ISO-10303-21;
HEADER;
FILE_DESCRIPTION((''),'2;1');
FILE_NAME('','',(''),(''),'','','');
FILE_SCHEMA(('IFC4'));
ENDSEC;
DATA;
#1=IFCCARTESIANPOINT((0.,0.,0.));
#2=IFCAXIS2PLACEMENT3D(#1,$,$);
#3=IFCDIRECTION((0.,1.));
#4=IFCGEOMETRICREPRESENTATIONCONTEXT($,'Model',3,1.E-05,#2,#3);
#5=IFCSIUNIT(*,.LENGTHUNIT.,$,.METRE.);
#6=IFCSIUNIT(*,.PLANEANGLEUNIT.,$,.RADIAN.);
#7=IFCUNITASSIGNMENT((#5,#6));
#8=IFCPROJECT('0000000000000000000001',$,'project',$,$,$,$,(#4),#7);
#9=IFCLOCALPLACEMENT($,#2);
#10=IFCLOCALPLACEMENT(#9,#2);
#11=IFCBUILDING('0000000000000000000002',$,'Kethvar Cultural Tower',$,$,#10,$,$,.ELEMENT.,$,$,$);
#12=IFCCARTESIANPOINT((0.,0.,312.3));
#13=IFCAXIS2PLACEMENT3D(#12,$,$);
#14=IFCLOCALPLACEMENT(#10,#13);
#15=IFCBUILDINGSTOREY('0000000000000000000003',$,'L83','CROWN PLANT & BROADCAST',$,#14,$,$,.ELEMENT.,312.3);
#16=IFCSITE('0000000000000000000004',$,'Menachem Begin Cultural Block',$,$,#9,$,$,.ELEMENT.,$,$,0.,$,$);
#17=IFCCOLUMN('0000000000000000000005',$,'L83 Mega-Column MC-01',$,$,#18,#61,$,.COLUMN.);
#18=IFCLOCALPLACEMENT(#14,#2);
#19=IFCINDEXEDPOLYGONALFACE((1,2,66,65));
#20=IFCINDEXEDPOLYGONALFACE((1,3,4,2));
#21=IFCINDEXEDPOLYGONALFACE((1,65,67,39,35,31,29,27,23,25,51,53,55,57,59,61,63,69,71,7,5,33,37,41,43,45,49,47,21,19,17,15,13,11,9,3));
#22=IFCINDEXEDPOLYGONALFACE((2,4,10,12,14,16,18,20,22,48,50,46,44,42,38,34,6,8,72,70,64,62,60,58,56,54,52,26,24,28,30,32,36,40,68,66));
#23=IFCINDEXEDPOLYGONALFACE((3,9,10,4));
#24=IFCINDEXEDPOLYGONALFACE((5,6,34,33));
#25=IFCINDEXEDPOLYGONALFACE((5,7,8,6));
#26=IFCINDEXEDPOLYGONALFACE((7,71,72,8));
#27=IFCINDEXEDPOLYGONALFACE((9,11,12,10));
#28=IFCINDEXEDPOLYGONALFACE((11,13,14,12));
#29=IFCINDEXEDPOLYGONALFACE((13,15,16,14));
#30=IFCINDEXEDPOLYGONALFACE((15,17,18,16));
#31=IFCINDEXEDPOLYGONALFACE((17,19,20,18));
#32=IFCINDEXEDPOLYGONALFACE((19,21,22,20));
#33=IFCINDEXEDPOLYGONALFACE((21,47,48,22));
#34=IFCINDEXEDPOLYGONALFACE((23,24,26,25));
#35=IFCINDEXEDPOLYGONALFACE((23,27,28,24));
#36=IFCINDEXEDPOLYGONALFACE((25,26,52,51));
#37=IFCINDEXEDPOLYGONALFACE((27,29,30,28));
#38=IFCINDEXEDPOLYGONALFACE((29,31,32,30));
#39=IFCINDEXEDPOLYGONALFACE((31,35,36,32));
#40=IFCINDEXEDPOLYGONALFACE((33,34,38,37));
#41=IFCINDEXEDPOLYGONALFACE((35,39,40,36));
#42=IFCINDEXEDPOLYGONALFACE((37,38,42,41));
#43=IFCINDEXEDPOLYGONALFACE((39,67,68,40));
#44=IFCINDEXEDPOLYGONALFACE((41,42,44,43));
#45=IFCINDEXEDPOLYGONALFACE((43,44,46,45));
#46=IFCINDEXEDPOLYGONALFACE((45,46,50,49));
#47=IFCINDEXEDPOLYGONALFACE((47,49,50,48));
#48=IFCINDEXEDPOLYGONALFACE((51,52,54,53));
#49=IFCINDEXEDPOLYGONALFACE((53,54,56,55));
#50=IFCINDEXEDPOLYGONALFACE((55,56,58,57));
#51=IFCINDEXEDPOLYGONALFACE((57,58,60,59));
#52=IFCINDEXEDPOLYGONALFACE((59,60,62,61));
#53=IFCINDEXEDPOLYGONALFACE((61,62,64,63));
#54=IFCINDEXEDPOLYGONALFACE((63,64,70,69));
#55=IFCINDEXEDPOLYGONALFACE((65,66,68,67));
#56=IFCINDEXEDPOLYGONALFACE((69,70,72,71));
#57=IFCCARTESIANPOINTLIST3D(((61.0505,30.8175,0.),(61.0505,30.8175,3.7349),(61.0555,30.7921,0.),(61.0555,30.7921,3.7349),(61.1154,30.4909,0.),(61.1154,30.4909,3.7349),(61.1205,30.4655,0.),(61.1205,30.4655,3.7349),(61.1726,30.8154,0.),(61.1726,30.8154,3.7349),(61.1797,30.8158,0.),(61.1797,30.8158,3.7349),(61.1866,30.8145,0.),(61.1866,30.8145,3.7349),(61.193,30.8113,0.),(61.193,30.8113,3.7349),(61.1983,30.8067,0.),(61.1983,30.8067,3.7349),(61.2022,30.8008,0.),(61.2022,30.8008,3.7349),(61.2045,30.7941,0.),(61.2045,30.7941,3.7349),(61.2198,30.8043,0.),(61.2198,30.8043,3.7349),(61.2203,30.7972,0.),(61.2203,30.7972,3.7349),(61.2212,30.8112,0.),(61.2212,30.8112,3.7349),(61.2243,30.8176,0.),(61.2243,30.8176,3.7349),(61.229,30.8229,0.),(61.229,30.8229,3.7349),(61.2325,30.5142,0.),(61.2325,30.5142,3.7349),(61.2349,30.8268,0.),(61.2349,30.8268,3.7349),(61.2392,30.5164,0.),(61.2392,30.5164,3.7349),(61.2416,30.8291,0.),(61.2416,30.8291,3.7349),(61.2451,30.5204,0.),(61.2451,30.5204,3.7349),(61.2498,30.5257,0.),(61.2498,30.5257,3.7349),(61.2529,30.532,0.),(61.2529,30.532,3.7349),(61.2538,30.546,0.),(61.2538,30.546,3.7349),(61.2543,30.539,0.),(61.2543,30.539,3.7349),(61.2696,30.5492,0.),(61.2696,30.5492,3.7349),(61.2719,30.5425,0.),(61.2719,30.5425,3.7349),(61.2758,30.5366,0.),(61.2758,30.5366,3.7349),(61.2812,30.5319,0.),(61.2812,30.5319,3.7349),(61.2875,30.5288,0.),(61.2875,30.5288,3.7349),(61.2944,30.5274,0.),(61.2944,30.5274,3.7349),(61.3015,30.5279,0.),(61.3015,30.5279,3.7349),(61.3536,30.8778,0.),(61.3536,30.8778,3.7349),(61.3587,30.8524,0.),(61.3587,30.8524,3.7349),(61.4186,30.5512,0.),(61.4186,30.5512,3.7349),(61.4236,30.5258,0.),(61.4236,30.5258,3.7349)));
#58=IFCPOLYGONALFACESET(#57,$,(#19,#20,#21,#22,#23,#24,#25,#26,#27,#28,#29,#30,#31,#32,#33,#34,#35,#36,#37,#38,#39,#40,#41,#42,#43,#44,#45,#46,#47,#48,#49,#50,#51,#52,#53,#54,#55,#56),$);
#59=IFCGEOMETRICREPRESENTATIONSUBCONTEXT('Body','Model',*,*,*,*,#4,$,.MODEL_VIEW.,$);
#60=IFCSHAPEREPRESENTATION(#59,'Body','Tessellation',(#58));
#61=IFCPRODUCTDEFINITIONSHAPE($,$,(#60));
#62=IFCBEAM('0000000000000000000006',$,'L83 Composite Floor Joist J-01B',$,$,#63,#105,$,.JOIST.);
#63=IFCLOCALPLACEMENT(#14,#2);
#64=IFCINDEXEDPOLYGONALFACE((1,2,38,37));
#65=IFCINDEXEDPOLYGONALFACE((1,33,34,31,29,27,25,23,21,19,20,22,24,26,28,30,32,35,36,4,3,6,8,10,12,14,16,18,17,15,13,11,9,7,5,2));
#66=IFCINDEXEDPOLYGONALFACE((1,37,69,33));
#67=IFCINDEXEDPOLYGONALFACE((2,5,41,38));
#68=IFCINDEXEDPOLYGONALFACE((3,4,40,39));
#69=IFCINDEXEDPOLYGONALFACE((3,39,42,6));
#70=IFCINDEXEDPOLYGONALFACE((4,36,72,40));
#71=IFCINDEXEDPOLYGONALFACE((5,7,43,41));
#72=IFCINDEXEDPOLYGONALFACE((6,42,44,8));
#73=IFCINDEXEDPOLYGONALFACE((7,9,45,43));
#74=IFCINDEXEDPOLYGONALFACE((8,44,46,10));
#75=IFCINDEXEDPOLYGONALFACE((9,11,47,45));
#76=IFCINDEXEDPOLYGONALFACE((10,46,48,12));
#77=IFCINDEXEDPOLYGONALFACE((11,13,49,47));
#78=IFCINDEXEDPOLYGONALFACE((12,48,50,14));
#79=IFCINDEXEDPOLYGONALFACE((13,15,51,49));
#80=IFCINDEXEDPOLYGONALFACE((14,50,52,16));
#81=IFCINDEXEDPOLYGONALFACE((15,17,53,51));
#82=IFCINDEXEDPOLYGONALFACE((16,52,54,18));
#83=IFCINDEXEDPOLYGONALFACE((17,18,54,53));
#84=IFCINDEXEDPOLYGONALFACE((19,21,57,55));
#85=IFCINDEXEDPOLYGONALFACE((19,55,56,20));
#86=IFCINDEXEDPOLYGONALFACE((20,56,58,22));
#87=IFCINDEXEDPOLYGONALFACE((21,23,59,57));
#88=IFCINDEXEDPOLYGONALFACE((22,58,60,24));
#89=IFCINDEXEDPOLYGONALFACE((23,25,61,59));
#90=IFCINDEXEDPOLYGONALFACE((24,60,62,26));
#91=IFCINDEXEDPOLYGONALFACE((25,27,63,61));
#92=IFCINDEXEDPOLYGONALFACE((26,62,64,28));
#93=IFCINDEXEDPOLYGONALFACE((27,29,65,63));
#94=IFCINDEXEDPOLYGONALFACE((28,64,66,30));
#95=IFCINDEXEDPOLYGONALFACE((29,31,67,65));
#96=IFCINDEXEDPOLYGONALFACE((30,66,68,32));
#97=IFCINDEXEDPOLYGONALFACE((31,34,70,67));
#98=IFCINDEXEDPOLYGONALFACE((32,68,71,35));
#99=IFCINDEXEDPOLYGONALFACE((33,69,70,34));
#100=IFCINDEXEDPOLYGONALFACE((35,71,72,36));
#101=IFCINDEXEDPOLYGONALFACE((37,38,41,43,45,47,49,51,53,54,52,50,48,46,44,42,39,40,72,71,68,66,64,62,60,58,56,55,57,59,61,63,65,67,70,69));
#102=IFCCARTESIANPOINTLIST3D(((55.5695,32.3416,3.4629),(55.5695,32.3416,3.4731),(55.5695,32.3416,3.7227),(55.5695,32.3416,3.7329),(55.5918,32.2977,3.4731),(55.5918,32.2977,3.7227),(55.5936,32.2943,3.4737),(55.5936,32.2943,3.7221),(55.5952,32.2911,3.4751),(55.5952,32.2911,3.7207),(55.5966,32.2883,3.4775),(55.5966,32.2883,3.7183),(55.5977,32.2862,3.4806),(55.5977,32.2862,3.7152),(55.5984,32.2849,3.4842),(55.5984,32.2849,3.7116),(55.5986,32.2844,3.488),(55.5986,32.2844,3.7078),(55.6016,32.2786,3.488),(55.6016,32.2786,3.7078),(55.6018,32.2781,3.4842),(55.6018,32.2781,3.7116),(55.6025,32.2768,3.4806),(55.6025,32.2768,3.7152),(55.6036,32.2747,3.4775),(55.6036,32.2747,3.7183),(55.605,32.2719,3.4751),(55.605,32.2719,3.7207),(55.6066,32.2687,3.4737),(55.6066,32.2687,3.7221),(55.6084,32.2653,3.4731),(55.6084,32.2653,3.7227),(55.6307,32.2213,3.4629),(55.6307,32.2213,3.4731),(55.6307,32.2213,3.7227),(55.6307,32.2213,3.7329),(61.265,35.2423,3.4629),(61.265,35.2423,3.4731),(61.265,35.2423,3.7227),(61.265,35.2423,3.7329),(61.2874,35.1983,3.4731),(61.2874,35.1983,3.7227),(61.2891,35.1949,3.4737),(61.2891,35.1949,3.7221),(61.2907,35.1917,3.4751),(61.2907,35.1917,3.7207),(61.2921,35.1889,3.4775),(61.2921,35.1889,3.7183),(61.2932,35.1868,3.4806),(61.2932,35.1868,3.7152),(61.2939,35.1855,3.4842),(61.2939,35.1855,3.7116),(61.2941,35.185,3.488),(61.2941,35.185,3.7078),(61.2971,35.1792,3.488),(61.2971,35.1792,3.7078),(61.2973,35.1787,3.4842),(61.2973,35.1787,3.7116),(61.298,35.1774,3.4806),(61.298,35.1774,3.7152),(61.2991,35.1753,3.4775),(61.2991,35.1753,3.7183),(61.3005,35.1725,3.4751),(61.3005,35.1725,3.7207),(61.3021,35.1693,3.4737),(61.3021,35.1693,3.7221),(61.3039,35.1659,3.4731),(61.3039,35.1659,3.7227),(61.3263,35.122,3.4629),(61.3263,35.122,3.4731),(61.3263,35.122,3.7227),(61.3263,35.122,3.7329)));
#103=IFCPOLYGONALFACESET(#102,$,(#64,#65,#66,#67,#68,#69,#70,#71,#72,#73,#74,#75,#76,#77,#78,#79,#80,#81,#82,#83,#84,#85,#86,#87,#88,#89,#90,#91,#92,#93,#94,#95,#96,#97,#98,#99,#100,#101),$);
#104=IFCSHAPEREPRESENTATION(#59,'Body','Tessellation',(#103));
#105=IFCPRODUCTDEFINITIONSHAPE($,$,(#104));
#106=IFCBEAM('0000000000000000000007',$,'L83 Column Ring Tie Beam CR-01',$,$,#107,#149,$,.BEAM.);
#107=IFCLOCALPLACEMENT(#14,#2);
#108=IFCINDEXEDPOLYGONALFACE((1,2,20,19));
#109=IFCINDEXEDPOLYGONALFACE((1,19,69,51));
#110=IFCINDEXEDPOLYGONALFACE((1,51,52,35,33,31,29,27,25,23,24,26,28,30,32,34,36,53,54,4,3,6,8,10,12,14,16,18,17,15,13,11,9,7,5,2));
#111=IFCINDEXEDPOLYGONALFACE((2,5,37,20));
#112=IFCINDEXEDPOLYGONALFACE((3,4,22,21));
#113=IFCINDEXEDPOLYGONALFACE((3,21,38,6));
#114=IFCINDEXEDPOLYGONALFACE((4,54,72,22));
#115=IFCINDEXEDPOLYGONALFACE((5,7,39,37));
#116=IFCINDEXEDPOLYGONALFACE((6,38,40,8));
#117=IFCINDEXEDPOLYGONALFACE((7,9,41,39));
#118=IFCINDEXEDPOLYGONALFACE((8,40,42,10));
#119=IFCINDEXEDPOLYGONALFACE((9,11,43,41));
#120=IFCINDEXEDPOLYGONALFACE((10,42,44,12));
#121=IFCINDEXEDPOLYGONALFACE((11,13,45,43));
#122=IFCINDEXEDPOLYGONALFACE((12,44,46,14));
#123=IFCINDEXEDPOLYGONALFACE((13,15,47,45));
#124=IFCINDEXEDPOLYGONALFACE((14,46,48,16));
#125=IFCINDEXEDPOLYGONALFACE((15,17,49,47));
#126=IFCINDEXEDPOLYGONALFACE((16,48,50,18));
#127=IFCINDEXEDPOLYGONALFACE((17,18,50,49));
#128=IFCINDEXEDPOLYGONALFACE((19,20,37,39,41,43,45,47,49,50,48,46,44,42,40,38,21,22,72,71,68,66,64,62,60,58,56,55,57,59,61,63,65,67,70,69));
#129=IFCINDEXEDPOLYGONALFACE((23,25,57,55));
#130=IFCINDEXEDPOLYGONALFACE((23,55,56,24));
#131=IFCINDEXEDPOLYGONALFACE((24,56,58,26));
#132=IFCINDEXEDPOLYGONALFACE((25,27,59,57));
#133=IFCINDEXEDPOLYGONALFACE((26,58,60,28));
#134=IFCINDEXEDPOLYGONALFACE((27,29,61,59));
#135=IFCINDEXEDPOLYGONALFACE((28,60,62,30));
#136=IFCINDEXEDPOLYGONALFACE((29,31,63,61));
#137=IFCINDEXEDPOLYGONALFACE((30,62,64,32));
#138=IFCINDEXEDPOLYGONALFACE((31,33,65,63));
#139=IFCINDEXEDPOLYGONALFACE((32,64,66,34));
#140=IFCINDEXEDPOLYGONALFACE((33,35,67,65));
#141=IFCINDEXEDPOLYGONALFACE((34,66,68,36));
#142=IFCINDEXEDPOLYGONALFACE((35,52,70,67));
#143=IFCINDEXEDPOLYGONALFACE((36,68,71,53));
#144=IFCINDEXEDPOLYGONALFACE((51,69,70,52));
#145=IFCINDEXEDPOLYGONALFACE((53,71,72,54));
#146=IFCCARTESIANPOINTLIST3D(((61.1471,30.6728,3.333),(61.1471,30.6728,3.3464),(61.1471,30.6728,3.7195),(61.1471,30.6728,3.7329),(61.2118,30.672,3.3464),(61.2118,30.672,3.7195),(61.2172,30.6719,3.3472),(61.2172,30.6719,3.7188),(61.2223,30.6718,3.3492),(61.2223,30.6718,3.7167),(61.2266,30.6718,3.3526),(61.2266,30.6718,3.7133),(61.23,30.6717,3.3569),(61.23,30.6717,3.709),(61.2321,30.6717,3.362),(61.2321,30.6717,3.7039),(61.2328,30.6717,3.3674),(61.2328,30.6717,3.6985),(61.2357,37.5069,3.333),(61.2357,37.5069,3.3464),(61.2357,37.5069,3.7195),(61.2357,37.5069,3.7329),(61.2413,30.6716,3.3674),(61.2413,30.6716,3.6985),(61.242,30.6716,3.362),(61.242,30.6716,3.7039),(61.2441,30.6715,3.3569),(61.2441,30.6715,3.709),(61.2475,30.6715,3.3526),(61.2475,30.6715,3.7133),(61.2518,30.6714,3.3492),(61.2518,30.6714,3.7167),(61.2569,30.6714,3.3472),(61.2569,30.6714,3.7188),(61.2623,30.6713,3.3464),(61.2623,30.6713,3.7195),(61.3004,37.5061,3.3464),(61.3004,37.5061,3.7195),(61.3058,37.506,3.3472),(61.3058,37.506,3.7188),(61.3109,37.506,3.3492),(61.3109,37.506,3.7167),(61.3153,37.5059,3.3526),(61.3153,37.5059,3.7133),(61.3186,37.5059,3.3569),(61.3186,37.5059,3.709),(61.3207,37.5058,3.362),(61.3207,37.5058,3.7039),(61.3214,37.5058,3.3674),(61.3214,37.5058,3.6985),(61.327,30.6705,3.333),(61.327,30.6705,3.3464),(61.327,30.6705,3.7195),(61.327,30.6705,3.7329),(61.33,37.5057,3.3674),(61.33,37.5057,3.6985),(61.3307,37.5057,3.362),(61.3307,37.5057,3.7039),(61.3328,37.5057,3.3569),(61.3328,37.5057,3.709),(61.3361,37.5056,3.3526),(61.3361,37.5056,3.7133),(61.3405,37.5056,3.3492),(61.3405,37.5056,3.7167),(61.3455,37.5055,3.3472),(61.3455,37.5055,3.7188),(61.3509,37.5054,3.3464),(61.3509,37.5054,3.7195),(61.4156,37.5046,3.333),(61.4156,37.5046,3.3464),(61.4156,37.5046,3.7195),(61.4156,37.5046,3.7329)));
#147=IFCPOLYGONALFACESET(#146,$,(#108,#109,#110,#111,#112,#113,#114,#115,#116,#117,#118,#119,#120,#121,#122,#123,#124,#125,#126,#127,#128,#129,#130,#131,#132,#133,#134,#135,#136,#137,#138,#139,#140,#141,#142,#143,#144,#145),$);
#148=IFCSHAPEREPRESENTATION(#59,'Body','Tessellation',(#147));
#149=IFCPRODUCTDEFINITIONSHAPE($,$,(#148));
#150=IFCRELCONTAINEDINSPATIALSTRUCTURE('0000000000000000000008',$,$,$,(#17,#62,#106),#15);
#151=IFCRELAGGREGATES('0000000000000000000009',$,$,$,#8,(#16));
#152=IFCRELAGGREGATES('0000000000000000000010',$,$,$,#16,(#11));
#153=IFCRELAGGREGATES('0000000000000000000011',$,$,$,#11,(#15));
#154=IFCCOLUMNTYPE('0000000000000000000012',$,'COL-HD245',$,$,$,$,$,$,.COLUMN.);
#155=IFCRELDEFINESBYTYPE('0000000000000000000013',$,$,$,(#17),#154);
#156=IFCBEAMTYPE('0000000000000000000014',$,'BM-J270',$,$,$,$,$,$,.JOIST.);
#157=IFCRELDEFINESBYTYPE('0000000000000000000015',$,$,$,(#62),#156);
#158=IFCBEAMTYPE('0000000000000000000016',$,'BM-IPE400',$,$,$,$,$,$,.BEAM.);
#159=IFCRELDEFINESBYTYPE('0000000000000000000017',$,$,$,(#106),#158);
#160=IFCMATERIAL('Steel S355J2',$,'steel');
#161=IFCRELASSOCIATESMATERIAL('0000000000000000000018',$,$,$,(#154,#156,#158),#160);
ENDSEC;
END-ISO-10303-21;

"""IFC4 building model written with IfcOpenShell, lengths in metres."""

from ifc_helpers import new_model, si_unit, direction, frame, origin, origin_2d, place, context, subcontext, project, spatial, i_section, extrude, source, transform, mapped, material, material_profile, profile_set, type_object, element, save


model = new_model("IFC4")

# Units and contexts
model_context = context("Model", 3, precision=1e-05, world=origin(), true_north=direction((0.0, 1.0)))
body_context = subcontext(model_context, "Body", "Model", "MODEL_VIEW")
ifc_project = project(units=[si_unit("LENGTHUNIT", "METRE"), si_unit("PLANEANGLEUNIT", "RADIAN")], contexts=[model_context])

# Site, building, storey
site_placement = place(None, origin())
site = spatial("IfcSite", under=ifc_project, at=site_placement, Name="Menachem Begin Cultural Block", CompositionType="ELEMENT", RefElevation=0.0)
building_placement = place(site_placement, origin())
building = spatial("IfcBuilding", under=site, at=building_placement, Name="Kethvar Cultural Tower", CompositionType="ELEMENT")
storey_placement = place(building_placement, frame((0.0, 0.0, 312.3)))
storey = spatial("IfcBuildingStorey", under=building, at=storey_placement, Name="L83", Description="CROWN PLANT & BROADCAST", CompositionType="ELEMENT", Elevation=312.3)

# Column
ifc_material_1 = material(Name="Steel S355J2", Category="steel")
ifc_material_profile_1 = material_profile(ifc_material_1, i_section(OverallWidth=0.3091, OverallDepth=0.3589, WebThickness=0.0161, FlangeThickness=0.0259, FilletRadius=0.0271, at=origin_2d()), Name="Steel S355J2 — HD320x245")
ifc_profile_set_1 = profile_set([ifc_material_profile_1], Name="Steel S355J2 — HD320x245")
column_type = type_object("IfcColumnType", Name="COL-HD245", PredefinedType="COLUMN", material=ifc_profile_set_1)
shared_shape_1 = source(origin(), body_context, "Body", "SweptSolid", [
    extrude(i_section(OverallWidth=0.3091, OverallDepth=0.3589, WebThickness=0.0161, FlangeThickness=0.0259, FilletRadius=0.0271, at=origin_2d()), origin(), (0.0, 0.0, 1.0), 3.7349),
])
column_placement = place(storey_placement, frame((61.2371, 30.6716, 0.0), z_axis=(0.0, 0.0, 1.0), x_axis=(0.980785, 0.19509, 0.0)))
element("IfcColumn", 1, at=column_placement, inside=storey, type_object=column_type, Name="L83 Mega-Column MC-01", PredefinedType="COLUMN", context=body_context, shape_type="MappedRepresentation", body=[
    mapped(shared_shape_1, transform((0.0, 0.0, 0.0), scale=1.0)),
])

# Beams
ifc_material_profile_2 = material_profile(ifc_material_1, i_section(OverallWidth=0.135, OverallDepth=0.27, WebThickness=0.0066, FlangeThickness=0.0103, FilletRadius=0.0149, at=origin_2d()), Name="Steel S355J2 — IPE270")
ifc_profile_set_2 = profile_set([ifc_material_profile_2], Name="Steel S355J2 — IPE270")
beam_type_1 = type_object("IfcBeamType", Name="BM-J270", PredefinedType="JOIST", material=ifc_profile_set_2)
shared_shape_2 = source(origin(), body_context, "Body", "SweptSolid", [
    extrude(i_section(OverallWidth=0.135, OverallDepth=0.27, WebThickness=0.0066, FlangeThickness=0.0103, FilletRadius=0.0149, at=origin_2d()), origin(), (0.0, 0.0, 1.0), 6.3916),
])
beam_1_placement = place(storey_placement, frame((55.6001, 32.2815, 3.5979), z_axis=(0.891095, 0.453817, 0.0), x_axis=(-0.453817, 0.891095, 0.0)))
element("IfcBeam", 2, at=beam_1_placement, inside=storey, type_object=beam_type_1, Name="L83 Composite Floor Joist J-01B", PredefinedType="JOIST", context=body_context, shape_type="MappedRepresentation", body=[
    mapped(shared_shape_2, transform((0.0, 0.0, 0.0), scale=1.0)),
])
ifc_material_profile_3 = material_profile(ifc_material_1, i_section(OverallWidth=0.1799, OverallDepth=0.3999, WebThickness=0.0085, FlangeThickness=0.0134, FilletRadius=0.021, at=origin_2d()), Name="Steel S355J2 — IPE400")
ifc_profile_set_3 = profile_set([ifc_material_profile_3], Name="Steel S355J2 — IPE400")
beam_type_2 = type_object("IfcBeamType", Name="BM-IPE400", PredefinedType="BEAM", material=ifc_profile_set_3)
shared_shape_3 = source(origin(), body_context, "Body", "SweptSolid", [
    extrude(i_section(OverallWidth=0.1799, OverallDepth=0.3999, WebThickness=0.0085, FlangeThickness=0.0134, FilletRadius=0.021, at=origin_2d()), origin(), (0.0, 0.0, 1.0), 6.8347),
])
beam_2_placement = place(storey_placement, frame((61.2371, 30.6716, 3.533), z_axis=(0.012966, 0.999916, 0.0), x_axis=(-0.999916, 0.012966, 0.0)))
element("IfcBeam", 3, at=beam_2_placement, inside=storey, type_object=beam_type_2, Name="L83 Column Ring Tie Beam CR-01", PredefinedType="BEAM", context=body_context, shape_type="MappedRepresentation", body=[
    mapped(shared_shape_3, transform((0.0, 0.0, 0.0), scale=1.0)),
])

save(model, "model.ifc")
